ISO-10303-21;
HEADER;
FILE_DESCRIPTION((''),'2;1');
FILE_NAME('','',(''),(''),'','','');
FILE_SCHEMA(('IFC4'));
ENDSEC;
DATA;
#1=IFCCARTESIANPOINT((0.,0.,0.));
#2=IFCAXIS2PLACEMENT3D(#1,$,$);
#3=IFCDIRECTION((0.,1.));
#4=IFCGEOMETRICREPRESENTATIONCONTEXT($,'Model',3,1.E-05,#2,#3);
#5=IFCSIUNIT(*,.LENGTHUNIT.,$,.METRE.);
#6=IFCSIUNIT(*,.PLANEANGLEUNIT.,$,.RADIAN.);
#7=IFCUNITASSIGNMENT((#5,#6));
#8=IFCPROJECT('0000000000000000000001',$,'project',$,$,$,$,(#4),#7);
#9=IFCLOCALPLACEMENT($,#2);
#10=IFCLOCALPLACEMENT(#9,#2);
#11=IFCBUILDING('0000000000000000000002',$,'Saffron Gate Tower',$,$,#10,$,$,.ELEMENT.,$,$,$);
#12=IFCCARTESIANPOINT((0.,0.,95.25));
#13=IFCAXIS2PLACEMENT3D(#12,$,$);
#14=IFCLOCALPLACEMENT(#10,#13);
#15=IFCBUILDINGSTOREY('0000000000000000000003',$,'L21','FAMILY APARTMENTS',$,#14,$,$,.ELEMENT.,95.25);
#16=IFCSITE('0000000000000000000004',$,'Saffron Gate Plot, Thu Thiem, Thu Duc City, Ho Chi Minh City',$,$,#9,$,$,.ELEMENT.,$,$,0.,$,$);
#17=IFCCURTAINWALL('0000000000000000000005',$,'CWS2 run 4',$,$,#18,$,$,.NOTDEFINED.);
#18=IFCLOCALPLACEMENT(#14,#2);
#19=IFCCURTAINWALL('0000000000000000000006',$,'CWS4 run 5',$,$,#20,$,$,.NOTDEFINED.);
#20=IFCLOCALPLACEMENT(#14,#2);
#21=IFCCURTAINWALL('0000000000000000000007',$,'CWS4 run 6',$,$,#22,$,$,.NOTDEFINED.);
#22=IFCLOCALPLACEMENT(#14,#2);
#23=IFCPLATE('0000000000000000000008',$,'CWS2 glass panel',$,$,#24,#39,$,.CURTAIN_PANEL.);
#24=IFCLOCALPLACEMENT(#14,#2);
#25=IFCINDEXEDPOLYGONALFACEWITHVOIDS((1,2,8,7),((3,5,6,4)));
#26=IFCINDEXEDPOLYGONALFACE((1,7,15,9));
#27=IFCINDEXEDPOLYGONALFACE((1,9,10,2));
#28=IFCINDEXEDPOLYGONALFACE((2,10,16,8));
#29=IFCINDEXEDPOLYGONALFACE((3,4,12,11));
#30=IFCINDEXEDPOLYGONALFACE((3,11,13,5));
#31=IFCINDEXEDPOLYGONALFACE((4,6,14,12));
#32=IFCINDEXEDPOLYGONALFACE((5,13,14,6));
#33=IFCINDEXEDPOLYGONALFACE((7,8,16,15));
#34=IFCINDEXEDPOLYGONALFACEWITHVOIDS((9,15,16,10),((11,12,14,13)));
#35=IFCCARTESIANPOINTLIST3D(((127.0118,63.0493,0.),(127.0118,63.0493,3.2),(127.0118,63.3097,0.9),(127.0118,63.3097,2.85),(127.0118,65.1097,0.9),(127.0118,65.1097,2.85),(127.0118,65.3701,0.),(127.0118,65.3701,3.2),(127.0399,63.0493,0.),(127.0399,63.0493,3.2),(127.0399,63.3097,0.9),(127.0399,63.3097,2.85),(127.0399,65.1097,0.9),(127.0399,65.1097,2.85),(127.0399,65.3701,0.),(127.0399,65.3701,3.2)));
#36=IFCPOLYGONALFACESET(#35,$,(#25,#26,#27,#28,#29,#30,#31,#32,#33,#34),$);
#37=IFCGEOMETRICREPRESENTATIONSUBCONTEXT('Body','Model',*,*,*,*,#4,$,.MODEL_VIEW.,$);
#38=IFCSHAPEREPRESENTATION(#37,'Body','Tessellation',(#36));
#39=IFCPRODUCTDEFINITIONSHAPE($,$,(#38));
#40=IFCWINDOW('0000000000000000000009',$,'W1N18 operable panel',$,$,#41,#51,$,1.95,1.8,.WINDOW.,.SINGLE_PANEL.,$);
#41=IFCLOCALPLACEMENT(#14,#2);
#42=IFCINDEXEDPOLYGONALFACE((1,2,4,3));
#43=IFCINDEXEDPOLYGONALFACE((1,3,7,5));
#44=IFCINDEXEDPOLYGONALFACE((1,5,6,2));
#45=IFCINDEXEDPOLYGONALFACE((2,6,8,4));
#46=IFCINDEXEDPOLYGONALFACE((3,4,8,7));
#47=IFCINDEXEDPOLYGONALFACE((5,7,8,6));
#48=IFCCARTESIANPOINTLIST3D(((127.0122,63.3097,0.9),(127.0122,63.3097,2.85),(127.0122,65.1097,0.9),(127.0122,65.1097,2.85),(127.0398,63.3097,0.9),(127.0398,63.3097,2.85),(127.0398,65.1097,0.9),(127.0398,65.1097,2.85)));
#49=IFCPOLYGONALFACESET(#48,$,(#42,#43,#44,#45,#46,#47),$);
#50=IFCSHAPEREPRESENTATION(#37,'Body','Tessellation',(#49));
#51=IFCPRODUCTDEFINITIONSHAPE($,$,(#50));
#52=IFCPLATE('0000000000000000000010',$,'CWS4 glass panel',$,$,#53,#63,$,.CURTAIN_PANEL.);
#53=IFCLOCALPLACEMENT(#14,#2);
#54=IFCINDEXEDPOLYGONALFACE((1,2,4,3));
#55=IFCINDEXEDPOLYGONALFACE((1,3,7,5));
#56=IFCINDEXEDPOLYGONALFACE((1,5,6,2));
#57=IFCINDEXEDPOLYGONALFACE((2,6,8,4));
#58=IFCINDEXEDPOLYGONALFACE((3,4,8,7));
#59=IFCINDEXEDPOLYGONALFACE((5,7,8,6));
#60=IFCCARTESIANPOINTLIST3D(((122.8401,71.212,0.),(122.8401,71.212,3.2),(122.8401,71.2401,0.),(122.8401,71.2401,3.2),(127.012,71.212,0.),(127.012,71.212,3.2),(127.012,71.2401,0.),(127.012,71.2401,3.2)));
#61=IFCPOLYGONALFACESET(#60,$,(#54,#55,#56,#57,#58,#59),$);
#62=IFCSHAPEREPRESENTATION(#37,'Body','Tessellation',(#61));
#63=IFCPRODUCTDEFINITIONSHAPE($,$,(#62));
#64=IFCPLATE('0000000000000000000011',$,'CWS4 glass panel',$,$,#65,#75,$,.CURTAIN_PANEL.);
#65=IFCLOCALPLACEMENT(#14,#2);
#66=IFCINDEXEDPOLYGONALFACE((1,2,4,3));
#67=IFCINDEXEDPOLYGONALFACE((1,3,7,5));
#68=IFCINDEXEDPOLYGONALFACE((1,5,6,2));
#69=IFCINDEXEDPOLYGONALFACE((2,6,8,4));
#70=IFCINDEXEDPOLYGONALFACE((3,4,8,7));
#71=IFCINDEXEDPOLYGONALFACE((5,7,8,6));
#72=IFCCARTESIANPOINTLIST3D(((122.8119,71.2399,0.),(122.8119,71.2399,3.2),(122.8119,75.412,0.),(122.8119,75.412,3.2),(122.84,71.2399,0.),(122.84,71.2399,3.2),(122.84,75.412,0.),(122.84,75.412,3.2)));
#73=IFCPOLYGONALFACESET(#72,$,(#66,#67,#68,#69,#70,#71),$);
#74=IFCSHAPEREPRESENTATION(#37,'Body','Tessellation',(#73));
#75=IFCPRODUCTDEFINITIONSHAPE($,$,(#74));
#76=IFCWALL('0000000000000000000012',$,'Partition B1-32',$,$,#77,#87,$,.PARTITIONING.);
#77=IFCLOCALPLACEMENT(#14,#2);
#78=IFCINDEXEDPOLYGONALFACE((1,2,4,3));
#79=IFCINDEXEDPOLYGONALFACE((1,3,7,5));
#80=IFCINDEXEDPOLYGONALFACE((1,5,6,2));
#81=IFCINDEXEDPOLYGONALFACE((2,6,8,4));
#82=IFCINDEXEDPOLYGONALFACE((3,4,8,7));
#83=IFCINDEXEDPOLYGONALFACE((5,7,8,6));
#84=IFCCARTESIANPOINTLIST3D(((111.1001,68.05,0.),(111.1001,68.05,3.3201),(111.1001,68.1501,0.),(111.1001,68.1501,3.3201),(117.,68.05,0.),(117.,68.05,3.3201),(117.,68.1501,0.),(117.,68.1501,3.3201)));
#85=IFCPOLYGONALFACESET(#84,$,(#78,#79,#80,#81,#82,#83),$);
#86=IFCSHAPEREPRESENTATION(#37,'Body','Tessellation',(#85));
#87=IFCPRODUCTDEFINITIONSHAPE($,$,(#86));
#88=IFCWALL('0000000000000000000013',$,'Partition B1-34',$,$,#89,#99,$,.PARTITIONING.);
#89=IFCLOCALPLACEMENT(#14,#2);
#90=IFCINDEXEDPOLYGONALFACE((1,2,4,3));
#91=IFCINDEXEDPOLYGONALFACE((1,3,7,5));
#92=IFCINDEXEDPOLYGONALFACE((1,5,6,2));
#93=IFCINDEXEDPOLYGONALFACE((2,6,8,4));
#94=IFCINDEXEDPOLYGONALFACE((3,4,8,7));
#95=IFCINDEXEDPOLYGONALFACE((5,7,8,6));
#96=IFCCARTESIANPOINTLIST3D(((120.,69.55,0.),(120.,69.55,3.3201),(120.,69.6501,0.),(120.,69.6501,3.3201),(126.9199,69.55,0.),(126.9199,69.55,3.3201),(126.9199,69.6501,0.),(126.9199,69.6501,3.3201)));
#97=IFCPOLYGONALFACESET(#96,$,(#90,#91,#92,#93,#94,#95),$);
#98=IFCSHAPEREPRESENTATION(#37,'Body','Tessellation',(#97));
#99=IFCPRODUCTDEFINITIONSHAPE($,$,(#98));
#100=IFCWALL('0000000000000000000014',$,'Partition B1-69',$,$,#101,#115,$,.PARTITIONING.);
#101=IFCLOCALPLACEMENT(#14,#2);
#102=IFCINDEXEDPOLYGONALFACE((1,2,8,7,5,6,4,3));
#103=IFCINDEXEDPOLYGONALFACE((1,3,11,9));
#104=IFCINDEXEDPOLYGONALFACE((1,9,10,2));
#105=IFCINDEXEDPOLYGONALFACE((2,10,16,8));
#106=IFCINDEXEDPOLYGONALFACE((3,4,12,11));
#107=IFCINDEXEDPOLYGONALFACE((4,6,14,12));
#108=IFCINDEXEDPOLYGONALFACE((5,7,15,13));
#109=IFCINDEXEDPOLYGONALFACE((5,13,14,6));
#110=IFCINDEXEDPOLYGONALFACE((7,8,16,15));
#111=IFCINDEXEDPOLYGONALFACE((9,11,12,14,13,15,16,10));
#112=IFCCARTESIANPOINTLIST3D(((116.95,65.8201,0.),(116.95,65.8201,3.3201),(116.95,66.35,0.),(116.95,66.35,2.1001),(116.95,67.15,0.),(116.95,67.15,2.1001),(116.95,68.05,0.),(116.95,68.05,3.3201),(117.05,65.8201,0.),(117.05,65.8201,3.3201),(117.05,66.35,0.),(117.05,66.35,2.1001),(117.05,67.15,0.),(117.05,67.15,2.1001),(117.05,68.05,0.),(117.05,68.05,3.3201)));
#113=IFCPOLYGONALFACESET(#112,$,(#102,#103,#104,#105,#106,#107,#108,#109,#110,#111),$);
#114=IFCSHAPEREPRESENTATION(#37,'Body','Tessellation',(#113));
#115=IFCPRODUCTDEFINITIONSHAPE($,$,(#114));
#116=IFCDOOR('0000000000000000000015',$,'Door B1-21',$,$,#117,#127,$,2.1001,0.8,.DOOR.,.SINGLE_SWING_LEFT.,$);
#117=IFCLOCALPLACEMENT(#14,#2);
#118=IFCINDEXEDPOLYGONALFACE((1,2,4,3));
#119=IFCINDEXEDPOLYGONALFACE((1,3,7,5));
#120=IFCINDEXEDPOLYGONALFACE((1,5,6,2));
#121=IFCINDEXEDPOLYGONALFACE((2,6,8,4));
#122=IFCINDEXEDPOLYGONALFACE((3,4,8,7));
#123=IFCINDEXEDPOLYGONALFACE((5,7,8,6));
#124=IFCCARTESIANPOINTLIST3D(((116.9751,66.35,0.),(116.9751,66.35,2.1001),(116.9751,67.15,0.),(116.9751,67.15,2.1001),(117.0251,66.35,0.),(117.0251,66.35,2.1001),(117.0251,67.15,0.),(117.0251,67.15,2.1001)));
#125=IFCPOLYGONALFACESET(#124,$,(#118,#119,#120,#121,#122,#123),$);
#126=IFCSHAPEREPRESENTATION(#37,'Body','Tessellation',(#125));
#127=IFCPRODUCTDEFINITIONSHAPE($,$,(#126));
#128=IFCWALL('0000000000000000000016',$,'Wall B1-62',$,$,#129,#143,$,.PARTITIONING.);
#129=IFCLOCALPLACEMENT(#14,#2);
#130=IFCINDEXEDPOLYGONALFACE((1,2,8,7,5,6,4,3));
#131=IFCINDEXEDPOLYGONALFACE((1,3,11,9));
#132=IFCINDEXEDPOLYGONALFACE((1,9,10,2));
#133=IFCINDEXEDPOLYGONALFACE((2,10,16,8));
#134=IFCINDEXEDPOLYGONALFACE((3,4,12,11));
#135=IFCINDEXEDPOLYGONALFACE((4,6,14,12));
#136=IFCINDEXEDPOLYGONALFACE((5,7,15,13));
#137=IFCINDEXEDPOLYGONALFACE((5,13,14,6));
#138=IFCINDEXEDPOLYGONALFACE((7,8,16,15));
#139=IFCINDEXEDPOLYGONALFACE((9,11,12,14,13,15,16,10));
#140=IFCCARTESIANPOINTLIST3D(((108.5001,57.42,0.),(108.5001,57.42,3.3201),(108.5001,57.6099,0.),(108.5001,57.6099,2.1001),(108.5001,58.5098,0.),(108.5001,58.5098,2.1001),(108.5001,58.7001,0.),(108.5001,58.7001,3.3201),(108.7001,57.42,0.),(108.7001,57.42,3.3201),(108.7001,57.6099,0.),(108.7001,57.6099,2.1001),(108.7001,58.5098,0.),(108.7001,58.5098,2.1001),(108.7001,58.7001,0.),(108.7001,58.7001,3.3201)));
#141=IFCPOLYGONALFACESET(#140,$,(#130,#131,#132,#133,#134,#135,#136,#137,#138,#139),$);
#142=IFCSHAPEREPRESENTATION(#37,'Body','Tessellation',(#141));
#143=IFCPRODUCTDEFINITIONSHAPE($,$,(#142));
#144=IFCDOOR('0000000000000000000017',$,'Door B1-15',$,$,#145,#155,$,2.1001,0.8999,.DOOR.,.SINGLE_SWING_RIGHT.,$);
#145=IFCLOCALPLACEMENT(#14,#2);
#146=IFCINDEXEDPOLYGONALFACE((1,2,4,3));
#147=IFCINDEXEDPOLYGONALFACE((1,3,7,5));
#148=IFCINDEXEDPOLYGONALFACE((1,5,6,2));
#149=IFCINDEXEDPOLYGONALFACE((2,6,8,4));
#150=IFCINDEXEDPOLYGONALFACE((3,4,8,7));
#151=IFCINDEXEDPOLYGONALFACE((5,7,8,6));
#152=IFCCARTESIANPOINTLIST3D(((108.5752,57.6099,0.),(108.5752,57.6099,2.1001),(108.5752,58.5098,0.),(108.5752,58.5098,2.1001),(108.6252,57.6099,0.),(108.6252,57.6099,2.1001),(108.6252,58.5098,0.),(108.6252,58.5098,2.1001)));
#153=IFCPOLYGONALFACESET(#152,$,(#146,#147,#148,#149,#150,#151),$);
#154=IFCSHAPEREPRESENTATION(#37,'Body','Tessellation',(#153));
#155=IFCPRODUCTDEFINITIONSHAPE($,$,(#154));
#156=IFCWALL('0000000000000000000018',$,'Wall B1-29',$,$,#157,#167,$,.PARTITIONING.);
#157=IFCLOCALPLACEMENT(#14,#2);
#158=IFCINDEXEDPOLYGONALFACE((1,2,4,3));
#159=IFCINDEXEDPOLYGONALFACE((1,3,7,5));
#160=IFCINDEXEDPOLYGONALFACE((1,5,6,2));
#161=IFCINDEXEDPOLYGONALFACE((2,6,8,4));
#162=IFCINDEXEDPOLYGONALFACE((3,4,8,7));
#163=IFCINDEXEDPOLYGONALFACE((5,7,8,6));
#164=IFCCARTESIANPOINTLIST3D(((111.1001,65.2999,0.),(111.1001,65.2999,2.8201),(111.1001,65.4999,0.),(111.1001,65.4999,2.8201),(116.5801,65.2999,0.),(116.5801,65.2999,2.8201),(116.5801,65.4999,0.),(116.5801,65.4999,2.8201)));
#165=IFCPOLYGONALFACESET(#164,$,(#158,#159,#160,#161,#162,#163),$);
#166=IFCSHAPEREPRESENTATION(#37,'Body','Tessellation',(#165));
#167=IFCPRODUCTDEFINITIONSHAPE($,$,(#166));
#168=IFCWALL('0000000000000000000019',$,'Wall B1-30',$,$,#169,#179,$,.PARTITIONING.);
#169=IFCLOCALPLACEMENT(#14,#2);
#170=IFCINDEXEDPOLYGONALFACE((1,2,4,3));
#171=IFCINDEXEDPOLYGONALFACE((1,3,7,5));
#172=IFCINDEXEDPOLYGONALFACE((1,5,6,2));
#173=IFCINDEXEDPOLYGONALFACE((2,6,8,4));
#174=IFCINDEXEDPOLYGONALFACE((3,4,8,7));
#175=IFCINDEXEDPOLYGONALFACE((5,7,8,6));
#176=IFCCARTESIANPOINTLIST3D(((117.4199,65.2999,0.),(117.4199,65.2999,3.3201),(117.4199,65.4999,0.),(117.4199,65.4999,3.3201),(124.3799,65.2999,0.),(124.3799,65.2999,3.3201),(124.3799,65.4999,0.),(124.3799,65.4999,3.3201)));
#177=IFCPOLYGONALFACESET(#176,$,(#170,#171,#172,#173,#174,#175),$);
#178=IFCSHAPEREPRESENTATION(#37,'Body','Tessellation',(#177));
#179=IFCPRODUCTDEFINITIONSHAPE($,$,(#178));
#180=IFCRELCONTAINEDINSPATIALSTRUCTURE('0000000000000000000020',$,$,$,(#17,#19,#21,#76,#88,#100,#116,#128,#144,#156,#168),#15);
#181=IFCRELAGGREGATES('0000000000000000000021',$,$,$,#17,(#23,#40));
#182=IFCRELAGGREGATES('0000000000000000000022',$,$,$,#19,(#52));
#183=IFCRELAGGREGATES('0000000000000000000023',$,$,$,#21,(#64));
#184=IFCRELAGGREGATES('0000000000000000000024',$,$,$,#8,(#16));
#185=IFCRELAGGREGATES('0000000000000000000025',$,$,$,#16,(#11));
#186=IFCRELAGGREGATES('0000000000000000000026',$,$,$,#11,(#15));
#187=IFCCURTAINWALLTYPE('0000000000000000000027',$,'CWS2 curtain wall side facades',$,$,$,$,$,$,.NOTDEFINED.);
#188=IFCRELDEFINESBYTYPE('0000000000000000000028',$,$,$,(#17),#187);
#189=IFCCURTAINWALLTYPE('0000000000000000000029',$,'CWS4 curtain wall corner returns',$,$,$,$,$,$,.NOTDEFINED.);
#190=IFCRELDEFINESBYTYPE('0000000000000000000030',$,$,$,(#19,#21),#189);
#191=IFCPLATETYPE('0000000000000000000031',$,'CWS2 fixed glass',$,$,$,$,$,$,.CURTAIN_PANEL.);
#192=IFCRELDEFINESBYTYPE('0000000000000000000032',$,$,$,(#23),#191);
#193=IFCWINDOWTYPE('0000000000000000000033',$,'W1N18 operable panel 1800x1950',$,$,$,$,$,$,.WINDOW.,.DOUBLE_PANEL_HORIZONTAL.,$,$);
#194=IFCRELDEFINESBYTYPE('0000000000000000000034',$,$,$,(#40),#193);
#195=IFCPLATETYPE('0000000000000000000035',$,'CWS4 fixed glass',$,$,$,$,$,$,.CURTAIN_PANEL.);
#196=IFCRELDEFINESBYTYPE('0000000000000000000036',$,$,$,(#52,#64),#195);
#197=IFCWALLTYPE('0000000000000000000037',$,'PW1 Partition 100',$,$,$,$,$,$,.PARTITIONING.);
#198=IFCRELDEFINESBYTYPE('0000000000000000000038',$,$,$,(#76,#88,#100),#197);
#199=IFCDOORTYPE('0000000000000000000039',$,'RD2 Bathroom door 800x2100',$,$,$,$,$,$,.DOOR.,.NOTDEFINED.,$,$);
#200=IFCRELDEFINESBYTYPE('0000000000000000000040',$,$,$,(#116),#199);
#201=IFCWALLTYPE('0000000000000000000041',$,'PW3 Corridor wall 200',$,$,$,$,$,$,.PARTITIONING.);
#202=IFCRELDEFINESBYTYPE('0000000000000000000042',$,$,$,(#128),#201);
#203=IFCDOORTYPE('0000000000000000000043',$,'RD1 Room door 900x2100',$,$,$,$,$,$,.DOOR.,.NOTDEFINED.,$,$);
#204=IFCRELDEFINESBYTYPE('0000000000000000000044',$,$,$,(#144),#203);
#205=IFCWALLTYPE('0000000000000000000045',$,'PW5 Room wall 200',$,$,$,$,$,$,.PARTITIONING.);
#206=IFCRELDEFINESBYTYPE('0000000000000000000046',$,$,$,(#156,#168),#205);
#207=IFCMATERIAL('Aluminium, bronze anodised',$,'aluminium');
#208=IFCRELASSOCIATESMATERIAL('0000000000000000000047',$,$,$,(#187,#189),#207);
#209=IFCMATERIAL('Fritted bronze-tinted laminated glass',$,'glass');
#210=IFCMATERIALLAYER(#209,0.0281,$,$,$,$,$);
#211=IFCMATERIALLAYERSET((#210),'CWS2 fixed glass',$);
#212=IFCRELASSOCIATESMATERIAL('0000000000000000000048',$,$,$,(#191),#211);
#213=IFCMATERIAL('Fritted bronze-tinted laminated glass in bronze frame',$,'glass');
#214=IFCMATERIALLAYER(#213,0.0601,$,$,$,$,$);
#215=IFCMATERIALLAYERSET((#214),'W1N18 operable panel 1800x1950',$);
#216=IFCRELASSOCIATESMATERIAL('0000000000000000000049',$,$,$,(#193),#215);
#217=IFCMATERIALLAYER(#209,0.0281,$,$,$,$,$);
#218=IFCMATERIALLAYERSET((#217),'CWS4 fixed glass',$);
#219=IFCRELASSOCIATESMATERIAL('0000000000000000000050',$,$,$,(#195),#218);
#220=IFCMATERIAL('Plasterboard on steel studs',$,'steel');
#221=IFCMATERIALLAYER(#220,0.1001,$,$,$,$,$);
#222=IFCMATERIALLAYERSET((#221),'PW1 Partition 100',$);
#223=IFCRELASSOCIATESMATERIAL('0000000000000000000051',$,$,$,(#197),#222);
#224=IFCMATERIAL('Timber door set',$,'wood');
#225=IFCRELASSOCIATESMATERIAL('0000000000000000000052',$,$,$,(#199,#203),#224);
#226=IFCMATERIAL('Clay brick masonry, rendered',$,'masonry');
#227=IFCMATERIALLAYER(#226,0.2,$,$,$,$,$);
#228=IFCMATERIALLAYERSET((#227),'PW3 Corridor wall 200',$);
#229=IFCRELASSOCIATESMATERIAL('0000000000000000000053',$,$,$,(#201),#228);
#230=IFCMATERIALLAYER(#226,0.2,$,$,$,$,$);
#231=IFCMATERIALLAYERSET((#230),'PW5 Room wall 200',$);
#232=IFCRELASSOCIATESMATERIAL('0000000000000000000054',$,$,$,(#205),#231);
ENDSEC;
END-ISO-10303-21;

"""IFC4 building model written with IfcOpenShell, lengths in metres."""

from ifc_helpers import new_model, si_unit, direction, frame, frame_2d, origin, place, context, subcontext, project, spatial, rectangle, extrude, material, layer, layer_set, type_object, element, fill, aggregate, save


model = new_model("IFC4")

# Units and contexts
model_context = context("Model", 3, precision=1e-05, world=origin(), true_north=direction((0.0, 1.0)))
body_context = subcontext(model_context, "Body", "Model", "MODEL_VIEW")
ifc_project = project(units=[si_unit("LENGTHUNIT", "METRE"), si_unit("PLANEANGLEUNIT", "RADIAN")], contexts=[model_context])

# Site, building, storey
site_placement = place(None, origin())
site = spatial("IfcSite", under=ifc_project, at=site_placement, Name="Saffron Gate Plot, Thu Thiem, Thu Duc City, Ho Chi Minh City", CompositionType="ELEMENT", RefElevation=0.0)
building_placement = place(site_placement, origin())
building = spatial("IfcBuilding", under=site, at=building_placement, Name="Saffron Gate Tower", CompositionType="ELEMENT")
storey_placement = place(building_placement, frame((0.0, 0.0, 95.25)))
storey = spatial("IfcBuildingStorey", under=building, at=storey_placement, Name="L21", Description="FAMILY APARTMENTS", CompositionType="ELEMENT", Elevation=95.25)

# Curtain walls
ifc_material_1 = material(Name="Aluminium, bronze anodised", Category="aluminium")
curtain_wall_type_1 = type_object("IfcCurtainWallType", Name="CWS2 curtain wall side facades", PredefinedType="NOTDEFINED", material=ifc_material_1)
curtain_wall_1_placement = place(storey_placement, origin())
curtain_wall_1 = element("IfcCurtainWall", 1, at=curtain_wall_1_placement, inside=storey, type_object=curtain_wall_type_1, Name="CWS2 run 4", PredefinedType="NOTDEFINED")
curtain_wall_type_2 = type_object("IfcCurtainWallType", Name="CWS4 curtain wall corner returns", PredefinedType="NOTDEFINED", material=ifc_material_1)
curtain_wall_2_placement = place(storey_placement, origin())
curtain_wall_2 = element("IfcCurtainWall", 2, at=curtain_wall_2_placement, inside=storey, type_object=curtain_wall_type_2, Name="CWS4 run 5", PredefinedType="NOTDEFINED")
curtain_wall_3_placement = place(storey_placement, origin())
curtain_wall_3 = element("IfcCurtainWall", 3, at=curtain_wall_3_placement, inside=storey, type_object=curtain_wall_type_2, Name="CWS4 run 6", PredefinedType="NOTDEFINED")

# Plate, opening, window
ifc_material_2 = material(Name="Fritted bronze-tinted laminated glass", Category="glass")
ifc_layer_1 = layer(ifc_material_2, 0.0281)
ifc_layer_set_1 = layer_set([ifc_layer_1], Name="CWS2 fixed glass")
plate_type_1 = type_object("IfcPlateType", Name="CWS2 fixed glass", PredefinedType="CURTAIN_PANEL", material=ifc_layer_set_1)
ifc_material_3 = material(Name="Fritted bronze-tinted laminated glass in bronze frame", Category="glass")
plate_1_placement = place(storey_placement, frame((127.0259, 63.0493, 0.0), z_axis=(0.0, 0.0, 1.0), x_axis=(0.0, 1.0, 0.0)))
plate_1 = element("IfcPlate", 4, at=plate_1_placement, type_object=plate_type_1, Name="CWS2 glass panel", PredefinedType="CURTAIN_PANEL", context=body_context, shape_type="SweptSolid", body=[
    extrude(rectangle(XDim=2.3208, YDim=0.0281, at=frame_2d((1.1604, 0.0))), origin(), (0.0, 0.0, 1.0), 3.2),
])
opening_1_placement = place(plate_1_placement, frame((0.2605, 0.0, 0.8999)))
opening_1 = element("IfcOpeningElement", 5, at=opening_1_placement, cuts=plate_1, PredefinedType="OPENING", context=body_context, shape_type="SweptSolid", body=[
    extrude(rectangle(XDim=1.8, YDim=1.95, at=frame_2d((0.8999, 0.9751))), frame((0.0, 0.0239, 0.0), z_axis=(0.0, -1.0, 0.0), x_axis=(1.0, 0.0, 0.0)), (0.0, 0.0, 1.0), 0.0481),
])
ifc_layer_2 = layer(ifc_material_3, 0.0601)
ifc_layer_set_2 = layer_set([ifc_layer_2], Name="W1N18 operable panel 1800x1950")
window_type_1 = type_object("IfcWindowType", Name="W1N18 operable panel 1800x1950", PartitioningType="DOUBLE_PANEL_HORIZONTAL", PredefinedType="WINDOW", material=ifc_layer_set_2)
window_1_placement = place(opening_1_placement, origin())
window_1 = element("IfcWindow", 6, at=window_1_placement, type_object=window_type_1, Name="W1N18 operable panel", OverallHeight=1.95, OverallWidth=1.8, PartitioningType="SINGLE_PANEL", PredefinedType="WINDOW", context=body_context, shape_type="SweptSolid", body=[
    extrude(rectangle(XDim=1.8, YDim=1.95, at=frame_2d((0.8999, 0.9751))), frame((0.0, 0.0137, 0.0), z_axis=(0.0, -1.0, 0.0), x_axis=(1.0, 0.0, 0.0)), (0.0, 0.0, 1.0), 0.0276),
])
fill(opening_1, window_1)
aggregate(curtain_wall_1, [plate_1, window_1])

# Plates
ifc_layer_3 = layer(ifc_material_2, 0.0281)
ifc_layer_set_3 = layer_set([ifc_layer_3], Name="CWS4 fixed glass")
plate_type_2 = type_object("IfcPlateType", Name="CWS4 fixed glass", PredefinedType="CURTAIN_PANEL", material=ifc_layer_set_3)
plate_2_placement = place(storey_placement, frame((127.012, 71.2261, 0.0), z_axis=(0.0, 0.0, 1.0), x_axis=(-1.0, 0.0, 0.0)))
plate_2 = element("IfcPlate", 7, at=plate_2_placement, type_object=plate_type_2, Name="CWS4 glass panel", PredefinedType="CURTAIN_PANEL", context=body_context, shape_type="SweptSolid", body=[
    extrude(rectangle(XDim=4.1719, YDim=0.0281, at=frame_2d((2.0859, 0.0))), origin(), (0.0, 0.0, 1.0), 3.2),
])
aggregate(curtain_wall_2, [plate_2])
plate_3_placement = place(storey_placement, frame((122.8259, 71.24, 0.0), z_axis=(0.0, 0.0, 1.0), x_axis=(0.0, 1.0, 0.0)))
plate_3 = element("IfcPlate", 8, at=plate_3_placement, type_object=plate_type_2, Name="CWS4 glass panel", PredefinedType="CURTAIN_PANEL", context=body_context, shape_type="SweptSolid", body=[
    extrude(rectangle(XDim=4.1721, YDim=0.0281, at=frame_2d((2.0859, 0.0))), origin(), (0.0, 0.0, 1.0), 3.2),
])
aggregate(curtain_wall_3, [plate_3])

# Walls
ifc_material_4 = material(Name="Plasterboard on steel studs", Category="steel")
ifc_layer_4 = layer(ifc_material_4, 0.1001)
ifc_layer_set_4 = layer_set([ifc_layer_4], Name="PW1 Partition 100")
wall_type_1 = type_object("IfcWallType", Name="PW1 Partition 100", PredefinedType="PARTITIONING", material=ifc_layer_set_4)
wall_1_placement = place(storey_placement, frame((111.1001, 68.1001, 0.0), z_axis=(0.0, 0.0, 1.0), x_axis=(1.0, 0.0, 0.0)))
element("IfcWall", 9, at=wall_1_placement, inside=storey, type_object=wall_type_1, Name="Partition B1-32", PredefinedType="PARTITIONING", context=body_context, shape_type="SweptSolid", body=[
    extrude(rectangle(XDim=5.8999, YDim=0.1001, at=frame_2d((2.95, 0.0))), origin(), (0.0, 0.0, 1.0), 3.3201),
])
wall_2_placement = place(storey_placement, frame((120.0, 69.6001, 0.0), z_axis=(0.0, 0.0, 1.0), x_axis=(1.0, 0.0, 0.0)))
element("IfcWall", 10, at=wall_2_placement, inside=storey, type_object=wall_type_1, Name="Partition B1-34", PredefinedType="PARTITIONING", context=body_context, shape_type="SweptSolid", body=[
    extrude(rectangle(XDim=6.9199, YDim=0.1001, at=frame_2d((3.46, 0.0))), origin(), (0.0, 0.0, 1.0), 3.3201),
])

# Walls, openings, doors
wall_3_placement = place(storey_placement, frame((117.0, 65.8201, 0.0), z_axis=(0.0, 0.0, 1.0), x_axis=(0.0, 1.0, 0.0)))
wall_3 = element("IfcWall", 11, at=wall_3_placement, inside=storey, type_object=wall_type_1, Name="Partition B1-69", PredefinedType="PARTITIONING", context=body_context, shape_type="SweptSolid", body=[
    extrude(rectangle(XDim=2.23, YDim=0.1001, at=frame_2d((1.115, 0.0))), origin(), (0.0, 0.0, 1.0), 3.3201),
])
opening_2_placement = place(wall_3_placement, frame((0.53, 0.0, 0.0)))
opening_2 = element("IfcOpeningElement", 12, at=opening_2_placement, cuts=wall_3, PredefinedType="OPENING", context=body_context, shape_type="SweptSolid", body=[
    extrude(rectangle(XDim=0.8, YDim=2.1001, at=frame_2d((0.3999, 1.05))), frame((0.0, 0.0601, 0.0), z_axis=(0.0, -1.0, 0.0), x_axis=(1.0, 0.0, 0.0)), (0.0, 0.0, 1.0), 0.1201),
])
ifc_material_5 = material(Name="Timber door set", Category="wood")
door_type_1 = type_object("IfcDoorType", Name="RD2 Bathroom door 800x2100", OperationType="NOTDEFINED", PredefinedType="DOOR", material=ifc_material_5)
door_1_placement = place(opening_2_placement, origin())
door_1 = element("IfcDoor", 13, at=door_1_placement, inside=storey, type_object=door_type_1, Name="Door B1-21", OperationType="SINGLE_SWING_LEFT", OverallHeight=2.1001, OverallWidth=0.8, PredefinedType="DOOR", context=body_context, shape_type="SweptSolid", body=[
    extrude(rectangle(XDim=0.8, YDim=2.1001, at=frame_2d((0.3999, 1.05))), frame((0.0, 0.0249, 0.0), z_axis=(0.0, -1.0, 0.0), x_axis=(1.0, 0.0, 0.0)), (0.0, 0.0, 1.0), 0.05),
])
fill(opening_2, door_1)
ifc_material_6 = material(Name="Clay brick masonry, rendered", Category="masonry")
ifc_layer_5 = layer(ifc_material_6, 0.2)
ifc_layer_set_5 = layer_set([ifc_layer_5], Name="PW3 Corridor wall 200")
wall_type_2 = type_object("IfcWallType", Name="PW3 Corridor wall 200", PredefinedType="PARTITIONING", material=ifc_layer_set_5)
wall_4_placement = place(storey_placement, frame((108.6001, 57.4199, 0.0), z_axis=(0.0, 0.0, 1.0), x_axis=(0.0, 1.0, 0.0)))
wall_4 = element("IfcWall", 14, at=wall_4_placement, inside=storey, type_object=wall_type_2, Name="Wall B1-62", PredefinedType="PARTITIONING", context=body_context, shape_type="SweptSolid", body=[
    extrude(rectangle(XDim=1.28, YDim=0.2, at=frame_2d((0.6401, 0.0))), origin(), (0.0, 0.0, 1.0), 3.3201),
])
opening_3_placement = place(wall_4_placement, frame((0.1899, 0.0, 0.0)))
opening_3 = element("IfcOpeningElement", 15, at=opening_3_placement, cuts=wall_4, PredefinedType="OPENING", context=body_context, shape_type="SweptSolid", body=[
    extrude(rectangle(XDim=0.8999, YDim=2.1001, at=frame_2d((0.45, 1.05))), frame((0.0, 0.1099, 0.0), z_axis=(0.0, -1.0, 0.0), x_axis=(1.0, 0.0, 0.0)), (0.0, 0.0, 1.0), 0.22),
])
door_type_2 = type_object("IfcDoorType", Name="RD1 Room door 900x2100", OperationType="NOTDEFINED", PredefinedType="DOOR", material=ifc_material_5)
door_2_placement = place(opening_3_placement, origin())
door_2 = element("IfcDoor", 16, at=door_2_placement, inside=storey, type_object=door_type_2, Name="Door B1-15", OperationType="SINGLE_SWING_RIGHT", OverallHeight=2.1001, OverallWidth=0.8999, PredefinedType="DOOR", context=body_context, shape_type="SweptSolid", body=[
    extrude(rectangle(XDim=0.8999, YDim=2.1001, at=frame_2d((0.45, 1.05))), frame((0.0, 0.0249, 0.0), z_axis=(0.0, -1.0, 0.0), x_axis=(1.0, 0.0, 0.0)), (0.0, 0.0, 1.0), 0.05),
])
fill(opening_3, door_2)

# Walls
ifc_layer_6 = layer(ifc_material_6, 0.2)
ifc_layer_set_6 = layer_set([ifc_layer_6], Name="PW5 Room wall 200")
wall_type_3 = type_object("IfcWallType", Name="PW5 Room wall 200", PredefinedType="PARTITIONING", material=ifc_layer_set_6)
wall_5_placement = place(storey_placement, frame((111.1001, 65.3999, 0.0), z_axis=(0.0, 0.0, 1.0), x_axis=(1.0, 0.0, 0.0)))
element("IfcWall", 17, at=wall_5_placement, inside=storey, type_object=wall_type_3, Name="Wall B1-29", PredefinedType="PARTITIONING", context=body_context, shape_type="SweptSolid", body=[
    extrude(rectangle(XDim=5.48, YDim=0.2, at=frame_2d((2.74, 0.0))), origin(), (0.0, 0.0, 1.0), 2.8201),
])
wall_6_placement = place(storey_placement, frame((117.4199, 65.3999, 0.0), z_axis=(0.0, 0.0, 1.0), x_axis=(1.0, 0.0, 0.0)))
element("IfcWall", 18, at=wall_6_placement, inside=storey, type_object=wall_type_3, Name="Wall B1-30", PredefinedType="PARTITIONING", context=body_context, shape_type="SweptSolid", body=[
    extrude(rectangle(XDim=6.96, YDim=0.2, at=frame_2d((3.48, 0.0))), origin(), (0.0, 0.0, 1.0), 3.3201),
])

save(model, "model.ifc")
